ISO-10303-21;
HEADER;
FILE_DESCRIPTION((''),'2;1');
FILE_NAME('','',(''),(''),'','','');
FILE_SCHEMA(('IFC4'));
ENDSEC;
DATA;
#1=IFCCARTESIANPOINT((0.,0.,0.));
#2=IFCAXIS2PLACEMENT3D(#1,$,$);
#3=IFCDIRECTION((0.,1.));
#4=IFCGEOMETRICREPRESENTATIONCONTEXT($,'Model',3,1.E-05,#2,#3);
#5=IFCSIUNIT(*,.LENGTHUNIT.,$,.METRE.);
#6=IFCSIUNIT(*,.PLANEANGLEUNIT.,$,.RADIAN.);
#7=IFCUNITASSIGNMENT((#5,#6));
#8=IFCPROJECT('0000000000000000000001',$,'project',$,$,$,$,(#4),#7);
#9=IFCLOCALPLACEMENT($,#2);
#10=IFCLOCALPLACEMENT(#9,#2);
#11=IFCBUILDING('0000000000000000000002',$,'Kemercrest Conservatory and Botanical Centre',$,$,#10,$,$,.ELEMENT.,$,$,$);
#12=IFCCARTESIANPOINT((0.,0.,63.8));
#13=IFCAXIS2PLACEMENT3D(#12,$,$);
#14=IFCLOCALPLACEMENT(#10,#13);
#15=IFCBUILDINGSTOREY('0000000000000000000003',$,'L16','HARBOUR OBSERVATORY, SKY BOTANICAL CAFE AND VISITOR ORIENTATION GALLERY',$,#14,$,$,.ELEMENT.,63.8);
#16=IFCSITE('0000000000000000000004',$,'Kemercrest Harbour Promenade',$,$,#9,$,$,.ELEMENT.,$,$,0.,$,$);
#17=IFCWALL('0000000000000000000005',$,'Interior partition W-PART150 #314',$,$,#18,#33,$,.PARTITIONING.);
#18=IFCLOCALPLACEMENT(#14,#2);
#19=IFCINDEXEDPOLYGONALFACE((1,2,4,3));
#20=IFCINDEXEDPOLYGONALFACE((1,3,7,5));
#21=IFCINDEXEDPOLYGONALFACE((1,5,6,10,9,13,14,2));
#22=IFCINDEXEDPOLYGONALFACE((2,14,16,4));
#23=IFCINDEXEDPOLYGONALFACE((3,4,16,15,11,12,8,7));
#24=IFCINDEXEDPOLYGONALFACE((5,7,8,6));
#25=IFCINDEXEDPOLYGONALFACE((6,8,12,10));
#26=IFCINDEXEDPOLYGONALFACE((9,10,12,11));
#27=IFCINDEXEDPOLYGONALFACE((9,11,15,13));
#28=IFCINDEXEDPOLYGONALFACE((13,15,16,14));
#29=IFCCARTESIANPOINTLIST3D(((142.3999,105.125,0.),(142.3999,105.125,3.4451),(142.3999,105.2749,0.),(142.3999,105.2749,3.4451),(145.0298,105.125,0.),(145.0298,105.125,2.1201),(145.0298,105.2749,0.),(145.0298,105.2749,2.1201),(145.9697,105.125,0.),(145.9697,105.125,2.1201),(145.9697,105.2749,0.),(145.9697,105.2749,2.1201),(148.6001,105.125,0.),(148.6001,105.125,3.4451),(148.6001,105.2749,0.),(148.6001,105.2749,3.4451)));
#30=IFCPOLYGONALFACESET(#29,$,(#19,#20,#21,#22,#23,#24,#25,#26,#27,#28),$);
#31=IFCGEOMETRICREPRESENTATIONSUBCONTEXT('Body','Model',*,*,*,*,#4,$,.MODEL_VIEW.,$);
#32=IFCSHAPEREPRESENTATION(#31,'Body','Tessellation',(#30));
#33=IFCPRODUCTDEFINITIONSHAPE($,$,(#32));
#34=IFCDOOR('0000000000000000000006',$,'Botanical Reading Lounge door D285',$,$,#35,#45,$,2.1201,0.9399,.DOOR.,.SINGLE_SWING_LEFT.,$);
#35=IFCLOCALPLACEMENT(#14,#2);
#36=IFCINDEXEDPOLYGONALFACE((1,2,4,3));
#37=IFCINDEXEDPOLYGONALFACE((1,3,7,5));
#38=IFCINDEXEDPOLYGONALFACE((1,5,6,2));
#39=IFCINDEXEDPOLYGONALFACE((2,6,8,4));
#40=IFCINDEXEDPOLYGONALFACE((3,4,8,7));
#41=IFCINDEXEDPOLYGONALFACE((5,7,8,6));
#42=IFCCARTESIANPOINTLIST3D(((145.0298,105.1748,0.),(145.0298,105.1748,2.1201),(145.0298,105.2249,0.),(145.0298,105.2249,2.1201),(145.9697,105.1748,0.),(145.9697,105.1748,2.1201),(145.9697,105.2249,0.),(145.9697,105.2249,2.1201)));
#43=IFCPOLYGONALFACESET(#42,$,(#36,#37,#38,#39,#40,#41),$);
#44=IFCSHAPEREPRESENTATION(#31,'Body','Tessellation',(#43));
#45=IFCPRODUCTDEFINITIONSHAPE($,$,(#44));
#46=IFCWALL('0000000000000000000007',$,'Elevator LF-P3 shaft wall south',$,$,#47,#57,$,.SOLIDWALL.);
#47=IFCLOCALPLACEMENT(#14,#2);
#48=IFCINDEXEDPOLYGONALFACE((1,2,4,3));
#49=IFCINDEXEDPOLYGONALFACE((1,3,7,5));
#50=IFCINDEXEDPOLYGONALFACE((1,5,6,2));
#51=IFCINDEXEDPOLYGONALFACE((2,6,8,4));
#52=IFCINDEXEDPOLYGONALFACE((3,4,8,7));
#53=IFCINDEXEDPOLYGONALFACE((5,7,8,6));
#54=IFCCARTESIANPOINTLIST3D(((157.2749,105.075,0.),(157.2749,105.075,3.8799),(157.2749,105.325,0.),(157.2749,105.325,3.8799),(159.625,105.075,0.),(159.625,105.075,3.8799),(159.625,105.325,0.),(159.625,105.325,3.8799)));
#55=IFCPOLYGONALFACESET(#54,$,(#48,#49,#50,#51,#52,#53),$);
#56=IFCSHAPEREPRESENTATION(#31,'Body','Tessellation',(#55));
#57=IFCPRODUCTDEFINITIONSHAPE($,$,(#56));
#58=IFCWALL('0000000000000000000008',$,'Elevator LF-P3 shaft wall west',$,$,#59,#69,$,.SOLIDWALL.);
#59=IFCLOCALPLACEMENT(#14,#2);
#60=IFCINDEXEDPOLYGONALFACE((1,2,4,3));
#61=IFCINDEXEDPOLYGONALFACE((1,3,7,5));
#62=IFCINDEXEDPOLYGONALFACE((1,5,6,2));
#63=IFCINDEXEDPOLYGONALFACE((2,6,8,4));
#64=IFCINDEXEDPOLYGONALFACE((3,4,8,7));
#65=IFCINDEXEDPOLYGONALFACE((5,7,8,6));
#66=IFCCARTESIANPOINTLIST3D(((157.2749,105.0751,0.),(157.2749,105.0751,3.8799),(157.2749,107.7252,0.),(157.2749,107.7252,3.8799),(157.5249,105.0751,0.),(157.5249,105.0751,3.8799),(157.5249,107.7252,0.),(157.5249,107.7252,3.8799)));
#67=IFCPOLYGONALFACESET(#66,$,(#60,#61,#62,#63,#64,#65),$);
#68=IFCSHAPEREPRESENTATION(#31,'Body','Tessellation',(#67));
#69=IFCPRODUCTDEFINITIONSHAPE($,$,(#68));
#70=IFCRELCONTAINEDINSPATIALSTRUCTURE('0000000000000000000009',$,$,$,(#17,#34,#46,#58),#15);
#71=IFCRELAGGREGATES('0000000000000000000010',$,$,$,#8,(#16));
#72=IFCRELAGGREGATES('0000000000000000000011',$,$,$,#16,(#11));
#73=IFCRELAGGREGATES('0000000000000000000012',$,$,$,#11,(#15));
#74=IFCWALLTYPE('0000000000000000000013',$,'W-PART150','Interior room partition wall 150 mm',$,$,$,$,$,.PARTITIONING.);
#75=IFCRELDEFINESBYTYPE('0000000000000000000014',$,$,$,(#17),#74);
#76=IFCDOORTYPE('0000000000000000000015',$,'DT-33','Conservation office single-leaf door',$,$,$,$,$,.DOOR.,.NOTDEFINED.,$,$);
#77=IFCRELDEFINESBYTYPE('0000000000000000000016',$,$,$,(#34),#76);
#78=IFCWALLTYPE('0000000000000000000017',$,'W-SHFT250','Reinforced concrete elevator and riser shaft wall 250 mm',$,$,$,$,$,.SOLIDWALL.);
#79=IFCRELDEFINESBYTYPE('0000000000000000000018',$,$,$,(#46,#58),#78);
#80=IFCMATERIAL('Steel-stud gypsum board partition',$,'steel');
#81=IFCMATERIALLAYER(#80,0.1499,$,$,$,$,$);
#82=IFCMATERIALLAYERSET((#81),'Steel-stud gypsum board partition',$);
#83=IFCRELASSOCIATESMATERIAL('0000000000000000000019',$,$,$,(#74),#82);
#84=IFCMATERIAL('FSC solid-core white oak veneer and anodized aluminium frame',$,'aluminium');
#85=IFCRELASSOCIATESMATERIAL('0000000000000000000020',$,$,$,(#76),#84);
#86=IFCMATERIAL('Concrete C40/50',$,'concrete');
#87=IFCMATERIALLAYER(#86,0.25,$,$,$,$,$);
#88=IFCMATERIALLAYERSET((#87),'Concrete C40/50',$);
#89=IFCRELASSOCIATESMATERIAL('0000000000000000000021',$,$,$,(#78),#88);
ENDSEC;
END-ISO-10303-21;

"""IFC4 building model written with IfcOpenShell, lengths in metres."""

from ifc_helpers import new_model, si_unit, direction, frame, frame_2d, origin, place, context, subcontext, project, spatial, rectangle, extrude, material, layer, layer_set, type_object, element, fill, save


model = new_model("IFC4")

# Units and contexts
model_context = context("Model", 3, precision=1e-05, world=origin(), true_north=direction((0.0, 1.0)))
body_context = subcontext(model_context, "Body", "Model", "MODEL_VIEW")
ifc_project = project(units=[si_unit("LENGTHUNIT", "METRE"), si_unit("PLANEANGLEUNIT", "RADIAN")], contexts=[model_context])

# Site, building, storey
site_placement = place(None, origin())
site = spatial("IfcSite", under=ifc_project, at=site_placement, Name="Kemercrest Harbour Promenade", CompositionType="ELEMENT", RefElevation=0.0)
building_placement = place(site_placement, origin())
building = spatial("IfcBuilding", under=site, at=building_placement, Name="Kemercrest Conservatory and Botanical Centre", CompositionType="ELEMENT")
storey_placement = place(building_placement, frame((0.0, 0.0, 63.8)))
storey = spatial("IfcBuildingStorey", under=building, at=storey_placement, Name="L16", Description="HARBOUR OBSERVATORY, SKY BOTANICAL CAFE AND VISITOR ORIENTATION GALLERY", CompositionType="ELEMENT", Elevation=63.8)

# Shared definitions
ifc_material_1 = material(Name="Concrete C40/50", Category="concrete")

# Wall, opening, door
ifc_material_2 = material(Name="Steel-stud gypsum board partition", Category="steel")
ifc_layer_1 = layer(ifc_material_2, 0.1499)
ifc_layer_set_1 = layer_set([ifc_layer_1], Name="Steel-stud gypsum board partition")
wall_type_1 = type_object("IfcWallType", Name="W-PART150", Description="Interior room partition wall 150 mm", PredefinedType="PARTITIONING", material=ifc_layer_set_1)
wall_1_placement = place(storey_placement, frame((142.3999, 105.2, 0.0), z_axis=(0.0, 0.0, 1.0), x_axis=(1.0, 0.0, 0.0)))
wall_1 = element("IfcWall", 1, at=wall_1_placement, inside=storey, type_object=wall_type_1, Name="Interior partition W-PART150 #314", PredefinedType="PARTITIONING", context=body_context, shape_type="SweptSolid", body=[
    extrude(rectangle(XDim=6.2002, YDim=0.1499, at=frame_2d((3.1001, 0.0))), origin(), (0.0, 0.0, 1.0), 3.4451),
])
opening_1_placement = place(wall_1_placement, frame((2.6299, 0.0, 0.0)))
opening_1 = element("IfcOpeningElement", 2, at=opening_1_placement, cuts=wall_1, PredefinedType="OPENING", context=body_context, shape_type="SweptSolid", body=[
    extrude(rectangle(XDim=0.9399, YDim=2.1201, at=frame_2d((0.47, 1.0601))), frame((0.0, 0.085, 0.0), z_axis=(0.0, -1.0, 0.0), x_axis=(1.0, 0.0, 0.0)), (0.0, 0.0, 1.0), 0.1699),
])
ifc_material_3 = material(Name="FSC solid-core white oak veneer and anodized aluminium frame", Category="aluminium")
door_type_1 = type_object("IfcDoorType", Name="DT-33", Description="Conservation office single-leaf door", OperationType="NOTDEFINED", PredefinedType="DOOR", material=ifc_material_3)
door_1_placement = place(opening_1_placement, origin())
door_1 = element("IfcDoor", 3, at=door_1_placement, inside=storey, type_object=door_type_1, Name="Botanical Reading Lounge door D285", OperationType="SINGLE_SWING_LEFT", OverallHeight=2.1201, OverallWidth=0.9399, PredefinedType="DOOR", context=body_context, shape_type="SweptSolid", body=[
    extrude(rectangle(XDim=0.9399, YDim=2.1201, at=frame_2d((0.47, 1.0601))), frame((0.0, 0.0249, 0.0), z_axis=(0.0, -1.0, 0.0), x_axis=(1.0, 0.0, 0.0)), (0.0, 0.0, 1.0), 0.05),
])
fill(opening_1, door_1)

# Walls
ifc_layer_2 = layer(ifc_material_1, 0.25)
ifc_layer_set_2 = layer_set([ifc_layer_2], Name="Concrete C40/50")
wall_type_2 = type_object("IfcWallType", Name="W-SHFT250", Description="Reinforced concrete elevator and riser shaft wall 250 mm", PredefinedType="SOLIDWALL", material=ifc_layer_set_2)
wall_2_placement = place(storey_placement, frame((157.2749, 105.2, 0.0), z_axis=(0.0, 0.0, 1.0), x_axis=(1.0, 0.0, 0.0)))
element("IfcWall", 4, at=wall_2_placement, inside=storey, type_object=wall_type_2, Name="Elevator LF-P3 shaft wall south", PredefinedType="SOLIDWALL", context=body_context, shape_type="SweptSolid", body=[
    extrude(rectangle(XDim=2.3501, YDim=0.25, at=frame_2d((1.175, 0.0))), origin(), (0.0, 0.0, 1.0), 3.8799),
])
wall_3_placement = place(storey_placement, frame((157.3999, 105.075, 0.0), z_axis=(0.0, 0.0, 1.0), x_axis=(0.0, 1.0, 0.0)))
element("IfcWall", 5, at=wall_3_placement, inside=storey, type_object=wall_type_2, Name="Elevator LF-P3 shaft wall west", PredefinedType="SOLIDWALL", context=body_context, shape_type="SweptSolid", body=[
    extrude(rectangle(XDim=2.6501, YDim=0.25, at=frame_2d((1.3252, 0.0))), origin(), (0.0, 0.0, 1.0), 3.8799),
])

save(model, "model.ifc")
